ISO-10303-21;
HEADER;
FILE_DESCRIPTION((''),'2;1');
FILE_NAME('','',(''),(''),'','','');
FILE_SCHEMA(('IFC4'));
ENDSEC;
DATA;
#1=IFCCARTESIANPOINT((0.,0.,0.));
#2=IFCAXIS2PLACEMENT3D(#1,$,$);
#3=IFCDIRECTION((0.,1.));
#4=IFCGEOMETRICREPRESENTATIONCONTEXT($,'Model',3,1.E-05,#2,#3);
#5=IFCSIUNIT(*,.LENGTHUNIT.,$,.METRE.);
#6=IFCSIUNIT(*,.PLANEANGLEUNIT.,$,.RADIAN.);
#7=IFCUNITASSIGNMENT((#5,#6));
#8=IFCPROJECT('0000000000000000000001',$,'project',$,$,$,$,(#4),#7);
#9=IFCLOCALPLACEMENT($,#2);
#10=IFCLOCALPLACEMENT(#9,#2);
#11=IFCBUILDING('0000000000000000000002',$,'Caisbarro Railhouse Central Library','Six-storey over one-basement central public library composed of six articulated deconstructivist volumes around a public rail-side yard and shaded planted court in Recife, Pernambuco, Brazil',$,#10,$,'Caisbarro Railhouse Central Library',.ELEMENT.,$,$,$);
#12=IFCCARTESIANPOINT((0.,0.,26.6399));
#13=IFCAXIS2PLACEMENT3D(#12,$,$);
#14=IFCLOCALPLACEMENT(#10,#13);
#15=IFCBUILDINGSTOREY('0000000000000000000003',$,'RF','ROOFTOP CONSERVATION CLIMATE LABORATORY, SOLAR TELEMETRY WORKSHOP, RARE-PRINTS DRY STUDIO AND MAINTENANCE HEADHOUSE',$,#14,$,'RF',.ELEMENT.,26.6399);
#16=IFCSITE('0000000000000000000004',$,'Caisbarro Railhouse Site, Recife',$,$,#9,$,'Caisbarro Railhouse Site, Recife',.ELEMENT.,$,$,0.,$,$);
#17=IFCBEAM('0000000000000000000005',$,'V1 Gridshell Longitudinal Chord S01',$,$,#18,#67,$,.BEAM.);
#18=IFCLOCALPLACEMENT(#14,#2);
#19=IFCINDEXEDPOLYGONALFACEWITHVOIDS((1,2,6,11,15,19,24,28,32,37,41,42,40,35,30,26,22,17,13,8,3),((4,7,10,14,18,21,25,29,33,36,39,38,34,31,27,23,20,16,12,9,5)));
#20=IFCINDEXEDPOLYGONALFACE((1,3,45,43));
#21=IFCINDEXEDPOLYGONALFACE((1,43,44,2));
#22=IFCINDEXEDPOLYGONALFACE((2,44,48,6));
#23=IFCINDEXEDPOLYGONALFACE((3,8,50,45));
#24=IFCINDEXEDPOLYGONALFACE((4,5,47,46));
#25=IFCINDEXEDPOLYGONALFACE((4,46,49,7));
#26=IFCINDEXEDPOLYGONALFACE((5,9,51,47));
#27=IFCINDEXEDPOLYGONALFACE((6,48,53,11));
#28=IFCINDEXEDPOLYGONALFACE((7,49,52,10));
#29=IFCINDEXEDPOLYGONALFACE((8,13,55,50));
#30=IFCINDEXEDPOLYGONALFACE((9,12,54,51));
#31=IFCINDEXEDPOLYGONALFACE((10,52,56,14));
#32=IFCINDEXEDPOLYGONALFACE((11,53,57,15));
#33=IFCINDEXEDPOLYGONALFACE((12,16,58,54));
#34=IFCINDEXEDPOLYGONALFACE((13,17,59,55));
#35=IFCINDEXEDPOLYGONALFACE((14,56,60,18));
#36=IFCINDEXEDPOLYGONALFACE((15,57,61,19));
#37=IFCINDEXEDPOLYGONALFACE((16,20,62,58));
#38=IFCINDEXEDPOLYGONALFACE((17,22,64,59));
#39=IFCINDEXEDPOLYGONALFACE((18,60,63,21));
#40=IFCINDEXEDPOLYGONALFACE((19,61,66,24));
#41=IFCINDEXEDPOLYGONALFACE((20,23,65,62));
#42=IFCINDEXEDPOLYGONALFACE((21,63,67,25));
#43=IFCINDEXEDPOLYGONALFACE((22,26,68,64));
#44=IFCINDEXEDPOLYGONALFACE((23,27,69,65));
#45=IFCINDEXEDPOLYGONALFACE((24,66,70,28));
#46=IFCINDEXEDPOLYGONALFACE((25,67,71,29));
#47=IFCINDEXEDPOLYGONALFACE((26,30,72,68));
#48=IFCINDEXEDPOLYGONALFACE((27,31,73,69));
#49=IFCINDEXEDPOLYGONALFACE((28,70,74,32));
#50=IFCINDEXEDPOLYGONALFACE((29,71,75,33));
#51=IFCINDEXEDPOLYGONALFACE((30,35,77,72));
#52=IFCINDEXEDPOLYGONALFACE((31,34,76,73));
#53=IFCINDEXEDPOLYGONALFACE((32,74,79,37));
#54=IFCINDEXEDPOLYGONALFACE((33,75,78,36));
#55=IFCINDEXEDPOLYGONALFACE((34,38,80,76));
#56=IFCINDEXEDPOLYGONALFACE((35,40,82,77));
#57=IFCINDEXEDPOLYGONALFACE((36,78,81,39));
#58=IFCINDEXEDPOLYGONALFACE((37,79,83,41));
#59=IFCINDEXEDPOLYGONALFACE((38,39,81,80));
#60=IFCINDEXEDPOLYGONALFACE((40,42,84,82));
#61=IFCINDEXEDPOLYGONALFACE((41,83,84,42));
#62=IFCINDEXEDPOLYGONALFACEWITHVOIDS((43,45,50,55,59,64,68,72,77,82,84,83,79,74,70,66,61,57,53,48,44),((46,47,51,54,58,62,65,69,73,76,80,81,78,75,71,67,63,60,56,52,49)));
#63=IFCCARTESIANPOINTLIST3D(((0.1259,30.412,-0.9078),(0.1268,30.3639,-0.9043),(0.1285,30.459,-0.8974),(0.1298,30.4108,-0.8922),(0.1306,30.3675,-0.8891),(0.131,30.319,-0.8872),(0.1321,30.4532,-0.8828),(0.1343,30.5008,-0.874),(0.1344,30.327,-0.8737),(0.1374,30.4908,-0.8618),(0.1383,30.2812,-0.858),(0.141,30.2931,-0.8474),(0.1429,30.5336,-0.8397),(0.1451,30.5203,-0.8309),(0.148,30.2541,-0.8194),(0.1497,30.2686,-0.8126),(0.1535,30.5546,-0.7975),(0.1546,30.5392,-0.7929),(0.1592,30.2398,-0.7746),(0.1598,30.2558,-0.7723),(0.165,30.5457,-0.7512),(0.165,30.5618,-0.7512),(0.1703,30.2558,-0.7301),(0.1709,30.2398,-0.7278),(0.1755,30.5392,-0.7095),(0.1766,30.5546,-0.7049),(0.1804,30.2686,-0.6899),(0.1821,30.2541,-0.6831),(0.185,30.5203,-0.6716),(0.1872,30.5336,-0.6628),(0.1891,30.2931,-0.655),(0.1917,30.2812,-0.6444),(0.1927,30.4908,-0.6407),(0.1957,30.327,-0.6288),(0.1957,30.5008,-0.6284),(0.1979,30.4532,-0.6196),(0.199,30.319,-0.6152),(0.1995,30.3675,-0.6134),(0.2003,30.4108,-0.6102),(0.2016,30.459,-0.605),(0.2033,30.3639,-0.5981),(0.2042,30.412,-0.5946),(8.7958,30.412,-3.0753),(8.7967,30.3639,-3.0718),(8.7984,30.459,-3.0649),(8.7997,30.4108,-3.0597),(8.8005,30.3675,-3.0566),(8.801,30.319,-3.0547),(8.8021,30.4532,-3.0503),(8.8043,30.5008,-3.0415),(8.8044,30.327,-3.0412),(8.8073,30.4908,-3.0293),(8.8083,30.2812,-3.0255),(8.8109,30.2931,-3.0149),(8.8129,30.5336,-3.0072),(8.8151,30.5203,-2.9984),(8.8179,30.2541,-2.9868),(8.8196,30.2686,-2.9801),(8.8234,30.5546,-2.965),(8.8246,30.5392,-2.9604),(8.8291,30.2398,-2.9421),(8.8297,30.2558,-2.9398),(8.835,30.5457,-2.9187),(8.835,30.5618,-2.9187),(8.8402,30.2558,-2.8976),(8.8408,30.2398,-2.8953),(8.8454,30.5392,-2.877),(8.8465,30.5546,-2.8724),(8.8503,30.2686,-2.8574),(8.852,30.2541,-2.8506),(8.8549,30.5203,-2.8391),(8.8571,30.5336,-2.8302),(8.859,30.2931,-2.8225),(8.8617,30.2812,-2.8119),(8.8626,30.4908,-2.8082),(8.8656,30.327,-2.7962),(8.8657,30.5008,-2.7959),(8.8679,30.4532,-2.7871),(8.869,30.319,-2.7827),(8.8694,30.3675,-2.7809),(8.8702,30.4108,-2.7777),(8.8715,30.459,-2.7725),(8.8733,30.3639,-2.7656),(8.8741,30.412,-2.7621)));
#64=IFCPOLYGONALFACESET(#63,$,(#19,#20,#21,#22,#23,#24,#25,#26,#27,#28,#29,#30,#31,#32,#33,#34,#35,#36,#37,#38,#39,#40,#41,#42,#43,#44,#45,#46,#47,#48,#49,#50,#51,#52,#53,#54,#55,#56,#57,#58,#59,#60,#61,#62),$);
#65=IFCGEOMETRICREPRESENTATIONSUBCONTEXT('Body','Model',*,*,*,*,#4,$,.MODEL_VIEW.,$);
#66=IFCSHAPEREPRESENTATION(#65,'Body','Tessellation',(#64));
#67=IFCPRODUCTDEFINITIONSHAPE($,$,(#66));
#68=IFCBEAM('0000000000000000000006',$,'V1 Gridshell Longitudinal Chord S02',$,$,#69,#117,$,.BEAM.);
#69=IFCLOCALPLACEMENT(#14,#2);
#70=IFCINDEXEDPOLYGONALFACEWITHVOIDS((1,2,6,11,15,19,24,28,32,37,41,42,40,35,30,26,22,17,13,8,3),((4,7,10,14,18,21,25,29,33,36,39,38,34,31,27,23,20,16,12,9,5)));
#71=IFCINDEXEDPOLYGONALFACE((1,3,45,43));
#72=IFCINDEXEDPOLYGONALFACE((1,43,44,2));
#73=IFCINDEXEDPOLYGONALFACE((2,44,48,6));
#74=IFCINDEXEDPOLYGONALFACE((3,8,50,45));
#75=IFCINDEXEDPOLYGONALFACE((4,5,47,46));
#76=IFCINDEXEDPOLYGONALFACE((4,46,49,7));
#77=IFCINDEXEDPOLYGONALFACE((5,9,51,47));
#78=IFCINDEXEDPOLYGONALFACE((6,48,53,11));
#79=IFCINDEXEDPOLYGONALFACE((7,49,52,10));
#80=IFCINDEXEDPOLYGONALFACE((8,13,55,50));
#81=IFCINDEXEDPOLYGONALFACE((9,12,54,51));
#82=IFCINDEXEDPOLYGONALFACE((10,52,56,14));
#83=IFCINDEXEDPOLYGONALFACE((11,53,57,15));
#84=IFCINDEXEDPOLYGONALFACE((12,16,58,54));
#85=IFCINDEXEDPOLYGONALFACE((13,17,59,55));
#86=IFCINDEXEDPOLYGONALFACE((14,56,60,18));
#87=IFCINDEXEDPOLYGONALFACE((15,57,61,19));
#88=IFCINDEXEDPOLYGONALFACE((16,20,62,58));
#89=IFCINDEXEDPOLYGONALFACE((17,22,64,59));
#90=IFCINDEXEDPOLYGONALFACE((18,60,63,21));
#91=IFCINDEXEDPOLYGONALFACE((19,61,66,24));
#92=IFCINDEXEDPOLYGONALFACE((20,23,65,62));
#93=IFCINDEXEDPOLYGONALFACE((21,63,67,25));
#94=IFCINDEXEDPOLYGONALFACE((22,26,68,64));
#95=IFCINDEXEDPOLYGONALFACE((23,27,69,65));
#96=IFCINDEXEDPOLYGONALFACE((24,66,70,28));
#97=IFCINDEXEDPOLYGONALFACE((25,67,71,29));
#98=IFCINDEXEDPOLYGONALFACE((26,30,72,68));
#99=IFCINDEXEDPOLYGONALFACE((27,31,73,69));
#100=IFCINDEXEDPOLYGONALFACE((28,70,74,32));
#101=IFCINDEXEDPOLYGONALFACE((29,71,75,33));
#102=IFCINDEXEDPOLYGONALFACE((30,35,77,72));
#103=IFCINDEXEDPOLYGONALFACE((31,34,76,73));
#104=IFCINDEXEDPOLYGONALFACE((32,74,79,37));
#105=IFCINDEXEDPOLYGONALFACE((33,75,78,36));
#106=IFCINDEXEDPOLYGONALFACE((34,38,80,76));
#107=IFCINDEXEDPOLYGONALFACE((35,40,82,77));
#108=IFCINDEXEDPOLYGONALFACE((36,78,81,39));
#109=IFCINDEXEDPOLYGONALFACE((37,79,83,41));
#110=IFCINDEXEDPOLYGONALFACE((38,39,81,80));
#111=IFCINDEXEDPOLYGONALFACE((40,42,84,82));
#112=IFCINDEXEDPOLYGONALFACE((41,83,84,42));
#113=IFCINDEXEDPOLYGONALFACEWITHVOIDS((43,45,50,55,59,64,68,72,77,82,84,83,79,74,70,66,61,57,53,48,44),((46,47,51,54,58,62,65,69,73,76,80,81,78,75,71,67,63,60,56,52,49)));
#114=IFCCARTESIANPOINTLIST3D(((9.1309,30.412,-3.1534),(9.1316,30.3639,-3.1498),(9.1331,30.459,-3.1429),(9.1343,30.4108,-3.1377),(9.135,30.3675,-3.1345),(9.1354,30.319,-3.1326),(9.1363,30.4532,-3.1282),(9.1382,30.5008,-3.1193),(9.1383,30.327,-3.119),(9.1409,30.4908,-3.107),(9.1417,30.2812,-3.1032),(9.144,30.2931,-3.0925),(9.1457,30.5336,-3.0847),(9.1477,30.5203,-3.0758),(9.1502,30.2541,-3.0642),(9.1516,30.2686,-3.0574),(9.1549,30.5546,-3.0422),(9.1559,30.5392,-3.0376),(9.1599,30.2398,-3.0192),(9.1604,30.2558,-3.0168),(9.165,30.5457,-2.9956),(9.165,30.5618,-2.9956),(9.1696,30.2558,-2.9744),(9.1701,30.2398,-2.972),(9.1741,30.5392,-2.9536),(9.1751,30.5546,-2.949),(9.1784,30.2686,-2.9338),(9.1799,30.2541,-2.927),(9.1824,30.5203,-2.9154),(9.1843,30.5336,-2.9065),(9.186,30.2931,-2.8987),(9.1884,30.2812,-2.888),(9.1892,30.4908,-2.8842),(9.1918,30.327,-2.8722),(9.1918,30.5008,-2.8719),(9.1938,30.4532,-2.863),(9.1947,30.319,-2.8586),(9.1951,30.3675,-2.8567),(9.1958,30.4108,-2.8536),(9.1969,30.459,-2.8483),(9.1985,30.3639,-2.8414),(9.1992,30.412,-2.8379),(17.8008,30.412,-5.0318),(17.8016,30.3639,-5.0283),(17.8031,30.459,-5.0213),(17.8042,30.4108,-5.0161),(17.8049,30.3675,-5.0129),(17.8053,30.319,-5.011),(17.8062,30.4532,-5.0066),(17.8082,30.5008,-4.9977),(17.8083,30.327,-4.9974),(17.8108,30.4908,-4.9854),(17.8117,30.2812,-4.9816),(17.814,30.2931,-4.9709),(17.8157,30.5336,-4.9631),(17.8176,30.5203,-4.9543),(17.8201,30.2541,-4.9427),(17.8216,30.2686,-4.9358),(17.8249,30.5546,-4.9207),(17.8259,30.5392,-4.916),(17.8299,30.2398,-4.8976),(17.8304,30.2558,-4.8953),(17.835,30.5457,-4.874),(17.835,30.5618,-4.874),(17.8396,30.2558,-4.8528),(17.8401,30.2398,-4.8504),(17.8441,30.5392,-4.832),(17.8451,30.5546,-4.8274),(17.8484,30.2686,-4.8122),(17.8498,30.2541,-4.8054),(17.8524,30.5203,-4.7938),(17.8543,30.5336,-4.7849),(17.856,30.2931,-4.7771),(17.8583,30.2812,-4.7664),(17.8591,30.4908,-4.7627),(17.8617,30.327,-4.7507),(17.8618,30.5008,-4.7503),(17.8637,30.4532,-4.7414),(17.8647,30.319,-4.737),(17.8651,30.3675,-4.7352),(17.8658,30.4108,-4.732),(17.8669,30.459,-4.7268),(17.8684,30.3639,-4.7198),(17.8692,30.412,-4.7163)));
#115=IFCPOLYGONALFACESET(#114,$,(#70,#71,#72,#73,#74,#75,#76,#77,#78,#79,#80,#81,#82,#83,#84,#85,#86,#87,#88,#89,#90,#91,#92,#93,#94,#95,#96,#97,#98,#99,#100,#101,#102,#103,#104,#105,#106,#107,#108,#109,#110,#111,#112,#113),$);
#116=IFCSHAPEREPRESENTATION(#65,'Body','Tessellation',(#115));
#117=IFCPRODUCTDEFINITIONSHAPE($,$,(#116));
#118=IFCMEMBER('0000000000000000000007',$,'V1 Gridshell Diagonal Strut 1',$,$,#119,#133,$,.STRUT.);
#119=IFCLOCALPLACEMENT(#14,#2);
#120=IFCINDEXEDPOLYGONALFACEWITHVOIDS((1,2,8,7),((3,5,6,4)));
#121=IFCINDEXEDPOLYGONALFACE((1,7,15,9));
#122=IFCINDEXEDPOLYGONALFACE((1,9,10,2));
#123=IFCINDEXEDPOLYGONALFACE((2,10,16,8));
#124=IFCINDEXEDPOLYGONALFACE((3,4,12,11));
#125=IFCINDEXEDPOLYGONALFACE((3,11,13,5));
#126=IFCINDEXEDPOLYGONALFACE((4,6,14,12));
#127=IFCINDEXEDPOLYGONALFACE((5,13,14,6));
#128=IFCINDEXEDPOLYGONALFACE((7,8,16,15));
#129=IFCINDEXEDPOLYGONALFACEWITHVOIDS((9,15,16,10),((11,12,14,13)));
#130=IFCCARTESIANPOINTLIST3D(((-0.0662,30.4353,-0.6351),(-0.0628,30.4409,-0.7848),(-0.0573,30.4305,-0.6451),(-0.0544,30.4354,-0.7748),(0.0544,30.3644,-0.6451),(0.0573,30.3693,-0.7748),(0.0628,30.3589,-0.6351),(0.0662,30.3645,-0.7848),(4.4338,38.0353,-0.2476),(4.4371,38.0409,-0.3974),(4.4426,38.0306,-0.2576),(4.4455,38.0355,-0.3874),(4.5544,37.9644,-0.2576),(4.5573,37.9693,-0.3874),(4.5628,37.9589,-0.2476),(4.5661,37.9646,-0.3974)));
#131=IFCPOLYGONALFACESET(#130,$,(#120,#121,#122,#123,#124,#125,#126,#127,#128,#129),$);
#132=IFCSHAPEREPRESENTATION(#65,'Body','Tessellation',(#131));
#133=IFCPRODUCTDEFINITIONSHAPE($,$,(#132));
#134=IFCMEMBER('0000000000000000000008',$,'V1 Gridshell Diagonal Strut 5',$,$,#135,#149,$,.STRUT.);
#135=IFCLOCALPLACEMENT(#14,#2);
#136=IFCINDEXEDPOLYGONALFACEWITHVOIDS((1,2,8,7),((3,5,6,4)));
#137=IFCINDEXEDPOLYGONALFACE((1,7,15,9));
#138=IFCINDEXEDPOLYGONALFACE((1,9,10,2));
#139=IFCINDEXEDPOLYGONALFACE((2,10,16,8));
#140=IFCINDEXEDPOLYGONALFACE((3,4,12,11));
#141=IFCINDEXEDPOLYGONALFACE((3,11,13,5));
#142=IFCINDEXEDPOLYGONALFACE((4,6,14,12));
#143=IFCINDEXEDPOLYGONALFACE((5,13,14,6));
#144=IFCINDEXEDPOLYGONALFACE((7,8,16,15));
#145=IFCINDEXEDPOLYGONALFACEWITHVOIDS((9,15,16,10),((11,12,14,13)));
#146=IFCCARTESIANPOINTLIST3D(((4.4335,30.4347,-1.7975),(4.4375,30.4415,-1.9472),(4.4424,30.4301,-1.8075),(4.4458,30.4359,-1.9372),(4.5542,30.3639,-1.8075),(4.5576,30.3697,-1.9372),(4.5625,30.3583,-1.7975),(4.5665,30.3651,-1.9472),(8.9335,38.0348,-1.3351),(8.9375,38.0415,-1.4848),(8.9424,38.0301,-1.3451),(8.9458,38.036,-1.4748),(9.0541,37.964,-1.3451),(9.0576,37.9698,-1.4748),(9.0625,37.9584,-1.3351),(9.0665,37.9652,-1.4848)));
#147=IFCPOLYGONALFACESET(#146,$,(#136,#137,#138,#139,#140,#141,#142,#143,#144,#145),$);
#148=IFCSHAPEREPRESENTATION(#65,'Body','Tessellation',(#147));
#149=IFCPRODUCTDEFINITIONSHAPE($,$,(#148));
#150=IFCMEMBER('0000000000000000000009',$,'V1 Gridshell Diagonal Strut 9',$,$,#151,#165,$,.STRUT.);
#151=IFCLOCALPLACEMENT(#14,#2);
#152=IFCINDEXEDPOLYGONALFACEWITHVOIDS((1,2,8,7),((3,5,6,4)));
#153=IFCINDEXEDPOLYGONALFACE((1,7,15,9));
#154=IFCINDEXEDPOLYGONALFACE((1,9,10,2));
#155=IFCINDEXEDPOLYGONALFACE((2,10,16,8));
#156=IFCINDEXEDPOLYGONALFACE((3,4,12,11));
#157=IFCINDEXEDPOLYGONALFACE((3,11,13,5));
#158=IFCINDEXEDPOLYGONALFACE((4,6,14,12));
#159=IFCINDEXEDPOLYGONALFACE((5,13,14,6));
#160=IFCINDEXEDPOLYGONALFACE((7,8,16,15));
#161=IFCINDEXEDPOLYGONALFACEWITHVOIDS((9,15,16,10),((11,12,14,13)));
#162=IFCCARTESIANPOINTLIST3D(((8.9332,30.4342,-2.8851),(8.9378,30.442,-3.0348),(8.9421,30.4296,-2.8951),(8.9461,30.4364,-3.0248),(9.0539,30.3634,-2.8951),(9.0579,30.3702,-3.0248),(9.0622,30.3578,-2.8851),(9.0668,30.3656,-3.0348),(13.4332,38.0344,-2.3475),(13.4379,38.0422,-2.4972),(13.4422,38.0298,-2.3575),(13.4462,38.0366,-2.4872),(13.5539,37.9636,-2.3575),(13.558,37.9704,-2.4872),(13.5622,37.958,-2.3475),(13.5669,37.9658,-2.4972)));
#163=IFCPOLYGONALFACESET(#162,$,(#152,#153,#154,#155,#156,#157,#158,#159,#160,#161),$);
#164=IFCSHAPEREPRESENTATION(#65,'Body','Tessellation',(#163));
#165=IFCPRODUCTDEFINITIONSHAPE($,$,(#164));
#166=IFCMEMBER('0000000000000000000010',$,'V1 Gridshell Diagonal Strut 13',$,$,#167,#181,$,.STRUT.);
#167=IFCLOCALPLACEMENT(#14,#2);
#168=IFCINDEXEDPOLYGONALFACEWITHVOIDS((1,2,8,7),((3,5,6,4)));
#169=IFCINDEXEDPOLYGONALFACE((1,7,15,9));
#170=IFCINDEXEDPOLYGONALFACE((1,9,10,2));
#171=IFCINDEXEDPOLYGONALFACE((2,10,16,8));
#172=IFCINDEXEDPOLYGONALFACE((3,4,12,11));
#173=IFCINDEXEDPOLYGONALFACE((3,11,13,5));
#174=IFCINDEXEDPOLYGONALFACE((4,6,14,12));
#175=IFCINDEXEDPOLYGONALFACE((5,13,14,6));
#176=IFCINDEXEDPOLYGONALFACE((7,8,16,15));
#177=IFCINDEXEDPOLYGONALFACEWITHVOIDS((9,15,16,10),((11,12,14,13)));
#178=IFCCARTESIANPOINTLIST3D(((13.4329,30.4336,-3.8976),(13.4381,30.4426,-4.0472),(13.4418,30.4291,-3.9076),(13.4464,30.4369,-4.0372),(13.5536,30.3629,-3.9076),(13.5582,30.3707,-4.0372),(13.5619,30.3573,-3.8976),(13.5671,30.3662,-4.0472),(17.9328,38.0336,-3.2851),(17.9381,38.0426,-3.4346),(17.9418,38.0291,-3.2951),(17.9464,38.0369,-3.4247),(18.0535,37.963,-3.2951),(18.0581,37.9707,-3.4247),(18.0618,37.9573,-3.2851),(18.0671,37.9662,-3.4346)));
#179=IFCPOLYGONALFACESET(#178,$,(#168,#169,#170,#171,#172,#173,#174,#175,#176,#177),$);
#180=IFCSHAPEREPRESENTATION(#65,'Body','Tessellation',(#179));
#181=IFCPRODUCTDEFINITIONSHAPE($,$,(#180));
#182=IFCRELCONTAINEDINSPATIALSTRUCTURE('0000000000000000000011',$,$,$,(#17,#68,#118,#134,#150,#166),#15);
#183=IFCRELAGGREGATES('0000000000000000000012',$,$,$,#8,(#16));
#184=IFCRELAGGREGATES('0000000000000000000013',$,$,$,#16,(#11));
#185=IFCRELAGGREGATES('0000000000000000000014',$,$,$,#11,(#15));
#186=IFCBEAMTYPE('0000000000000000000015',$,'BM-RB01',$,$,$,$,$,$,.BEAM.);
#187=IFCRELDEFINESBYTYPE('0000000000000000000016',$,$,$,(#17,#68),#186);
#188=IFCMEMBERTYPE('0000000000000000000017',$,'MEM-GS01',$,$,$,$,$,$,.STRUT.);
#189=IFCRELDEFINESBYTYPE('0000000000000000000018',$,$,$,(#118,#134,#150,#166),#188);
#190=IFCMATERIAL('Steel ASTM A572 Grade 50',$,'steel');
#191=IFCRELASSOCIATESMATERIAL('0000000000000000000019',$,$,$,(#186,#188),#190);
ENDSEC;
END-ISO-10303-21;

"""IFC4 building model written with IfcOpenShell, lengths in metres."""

from ifc_helpers import new_model, si_unit, direction, frame, origin, origin_2d, place, context, subcontext, project, spatial, hollow_rectangle, hollow_circle, extrude, material, material_profile, profile_set, type_object, element, save


model = new_model("IFC4")

# Units and contexts
model_context = context("Model", 3, precision=1e-05, world=origin(), true_north=direction((0.0, 1.0)))
body_context = subcontext(model_context, "Body", "Model", "MODEL_VIEW")
ifc_project = project(units=[si_unit("LENGTHUNIT", "METRE"), si_unit("PLANEANGLEUNIT", "RADIAN")], contexts=[model_context])

# Site, building, storey
site_placement = place(None, origin())
site = spatial("IfcSite", under=ifc_project, at=site_placement, Name="Caisbarro Railhouse Site, Recife", LongName="Caisbarro Railhouse Site, Recife", CompositionType="ELEMENT", RefElevation=0.0)
building_placement = place(site_placement, origin())
building = spatial("IfcBuilding", under=site, at=building_placement, Name="Caisbarro Railhouse Central Library", Description="Six-storey over one-basement central public library composed of six articulated deconstructivist volumes around a public rail-side yard and shaded planted court in Recife, Pernambuco, Brazil", LongName="Caisbarro Railhouse Central Library", CompositionType="ELEMENT")
storey_placement = place(building_placement, frame((0.0, 0.0, 26.6399)))
storey = spatial("IfcBuildingStorey", under=building, at=storey_placement, Name="RF", Description="ROOFTOP CONSERVATION CLIMATE LABORATORY, SOLAR TELEMETRY WORKSHOP, RARE-PRINTS DRY STUDIO AND MAINTENANCE HEADHOUSE", LongName="RF", CompositionType="ELEMENT", Elevation=26.6399)

# Beams
ifc_material = material(Name="Steel ASTM A572 Grade 50", Category="steel")
ifc_material_profile_1 = material_profile(ifc_material, hollow_circle(Radius=0.1619, WallThickness=0.0161, at=origin_2d()), Name="CHS323.9X16.0")
ifc_profile_set_1 = profile_set([ifc_material_profile_1], Name="Steel ASTM A572 Grade 50")
beam_type_1 = type_object("IfcBeamType", Name="BM-RB01", PredefinedType="BEAM", material=ifc_profile_set_1)
beam_1_placement = place(storey_placement, frame((0.165, 30.3999, -0.7512), z_axis=(0.970143, 0.0, -0.242536), x_axis=(0.0, 1.0, 0.0)))
element("IfcBeam", 1, at=beam_1_placement, inside=storey, type_object=beam_type_1, Name="V1 Gridshell Longitudinal Chord S01", PredefinedType="BEAM", context=body_context, shape_type="SweptSolid", body=[
    extrude(hollow_circle(Radius=0.1619, WallThickness=0.0161, at=origin_2d()), origin(), (0.0, 0.0, 1.0), 8.9368),
])
beam_2_placement = place(storey_placement, frame((9.165, 30.3999, -2.9956), z_axis=(0.977325, 0.0, -0.211746), x_axis=(0.0, 1.0, 0.0)))
element("IfcBeam", 2, at=beam_2_placement, inside=storey, type_object=beam_type_1, Name="V1 Gridshell Longitudinal Chord S02", PredefinedType="BEAM", context=body_context, shape_type="SweptSolid", body=[
    extrude(hollow_circle(Radius=0.1619, WallThickness=0.0161, at=origin_2d()), origin(), (0.0, 0.0, 1.0), 8.8711),
])

# Members
ifc_material_profile_2 = material_profile(ifc_material, hollow_rectangle(XDim=0.1499, YDim=0.1499, WallThickness=0.01, at=origin_2d()), Name="HSS150X150X10")
ifc_profile_set_2 = profile_set([ifc_material_profile_2], Name="Steel ASTM A572 Grade 50")
member_type_1 = type_object("IfcMemberType", Name="MEM-GS01", PredefinedType="STRUT", material=ifc_profile_set_2)
member_1_placement = place(storey_placement, frame((0.0, 30.3999, -0.71), z_axis=(0.508998, 0.859652, 0.043825), x_axis=(-0.860478, 0.509487, 0.0)))
element("IfcMember", 3, at=member_1_placement, inside=storey, type_object=member_type_1, Name="V1 Gridshell Diagonal Strut 1", PredefinedType="STRUT", context=body_context, shape_type="SweptSolid", body=[
    extrude(hollow_rectangle(XDim=0.1499, YDim=0.1499, WallThickness=0.01, at=origin_2d()), origin(), (0.0, 0.0, 1.0), 8.8408),
])
member_2_placement = place(storey_placement, frame((4.5, 30.3999, -1.8723), z_axis=(0.50879, 0.859301, 0.052281), x_axis=(-0.860478, 0.509487, 0.0)))
element("IfcMember", 4, at=member_2_placement, inside=storey, type_object=member_type_1, Name="V1 Gridshell Diagonal Strut 5", PredefinedType="STRUT", context=body_context, shape_type="SweptSolid", body=[
    extrude(hollow_rectangle(XDim=0.1499, YDim=0.1499, WallThickness=0.01, at=origin_2d()), origin(), (0.0, 0.0, 1.0), 8.8445),
])
member_3_placement = place(storey_placement, frame((9.0, 30.3999, -2.96), z_axis=(0.508546, 0.858889, 0.060754), x_axis=(-0.860478, 0.509487, 0.0)))
element("IfcMember", 5, at=member_3_placement, inside=storey, type_object=member_type_1, Name="V1 Gridshell Diagonal Strut 9", PredefinedType="STRUT", context=body_context, shape_type="SweptSolid", body=[
    extrude(hollow_rectangle(XDim=0.1499, YDim=0.1499, WallThickness=0.01, at=origin_2d()), origin(), (0.0, 0.0, 1.0), 8.8489),
])
member_4_placement = place(storey_placement, frame((13.5, 30.3999, -3.9724), z_axis=(0.508266, 0.858416, 0.069186), x_axis=(-0.860478, 0.509487, 0.0)))
element("IfcMember", 6, at=member_4_placement, inside=storey, type_object=member_type_1, Name="V1 Gridshell Diagonal Strut 13", PredefinedType="STRUT", context=body_context, shape_type="SweptSolid", body=[
    extrude(hollow_rectangle(XDim=0.1499, YDim=0.1499, WallThickness=0.01, at=origin_2d()), origin(), (0.0, 0.0, 1.0), 8.8535),
])

save(model, "model.ifc")
